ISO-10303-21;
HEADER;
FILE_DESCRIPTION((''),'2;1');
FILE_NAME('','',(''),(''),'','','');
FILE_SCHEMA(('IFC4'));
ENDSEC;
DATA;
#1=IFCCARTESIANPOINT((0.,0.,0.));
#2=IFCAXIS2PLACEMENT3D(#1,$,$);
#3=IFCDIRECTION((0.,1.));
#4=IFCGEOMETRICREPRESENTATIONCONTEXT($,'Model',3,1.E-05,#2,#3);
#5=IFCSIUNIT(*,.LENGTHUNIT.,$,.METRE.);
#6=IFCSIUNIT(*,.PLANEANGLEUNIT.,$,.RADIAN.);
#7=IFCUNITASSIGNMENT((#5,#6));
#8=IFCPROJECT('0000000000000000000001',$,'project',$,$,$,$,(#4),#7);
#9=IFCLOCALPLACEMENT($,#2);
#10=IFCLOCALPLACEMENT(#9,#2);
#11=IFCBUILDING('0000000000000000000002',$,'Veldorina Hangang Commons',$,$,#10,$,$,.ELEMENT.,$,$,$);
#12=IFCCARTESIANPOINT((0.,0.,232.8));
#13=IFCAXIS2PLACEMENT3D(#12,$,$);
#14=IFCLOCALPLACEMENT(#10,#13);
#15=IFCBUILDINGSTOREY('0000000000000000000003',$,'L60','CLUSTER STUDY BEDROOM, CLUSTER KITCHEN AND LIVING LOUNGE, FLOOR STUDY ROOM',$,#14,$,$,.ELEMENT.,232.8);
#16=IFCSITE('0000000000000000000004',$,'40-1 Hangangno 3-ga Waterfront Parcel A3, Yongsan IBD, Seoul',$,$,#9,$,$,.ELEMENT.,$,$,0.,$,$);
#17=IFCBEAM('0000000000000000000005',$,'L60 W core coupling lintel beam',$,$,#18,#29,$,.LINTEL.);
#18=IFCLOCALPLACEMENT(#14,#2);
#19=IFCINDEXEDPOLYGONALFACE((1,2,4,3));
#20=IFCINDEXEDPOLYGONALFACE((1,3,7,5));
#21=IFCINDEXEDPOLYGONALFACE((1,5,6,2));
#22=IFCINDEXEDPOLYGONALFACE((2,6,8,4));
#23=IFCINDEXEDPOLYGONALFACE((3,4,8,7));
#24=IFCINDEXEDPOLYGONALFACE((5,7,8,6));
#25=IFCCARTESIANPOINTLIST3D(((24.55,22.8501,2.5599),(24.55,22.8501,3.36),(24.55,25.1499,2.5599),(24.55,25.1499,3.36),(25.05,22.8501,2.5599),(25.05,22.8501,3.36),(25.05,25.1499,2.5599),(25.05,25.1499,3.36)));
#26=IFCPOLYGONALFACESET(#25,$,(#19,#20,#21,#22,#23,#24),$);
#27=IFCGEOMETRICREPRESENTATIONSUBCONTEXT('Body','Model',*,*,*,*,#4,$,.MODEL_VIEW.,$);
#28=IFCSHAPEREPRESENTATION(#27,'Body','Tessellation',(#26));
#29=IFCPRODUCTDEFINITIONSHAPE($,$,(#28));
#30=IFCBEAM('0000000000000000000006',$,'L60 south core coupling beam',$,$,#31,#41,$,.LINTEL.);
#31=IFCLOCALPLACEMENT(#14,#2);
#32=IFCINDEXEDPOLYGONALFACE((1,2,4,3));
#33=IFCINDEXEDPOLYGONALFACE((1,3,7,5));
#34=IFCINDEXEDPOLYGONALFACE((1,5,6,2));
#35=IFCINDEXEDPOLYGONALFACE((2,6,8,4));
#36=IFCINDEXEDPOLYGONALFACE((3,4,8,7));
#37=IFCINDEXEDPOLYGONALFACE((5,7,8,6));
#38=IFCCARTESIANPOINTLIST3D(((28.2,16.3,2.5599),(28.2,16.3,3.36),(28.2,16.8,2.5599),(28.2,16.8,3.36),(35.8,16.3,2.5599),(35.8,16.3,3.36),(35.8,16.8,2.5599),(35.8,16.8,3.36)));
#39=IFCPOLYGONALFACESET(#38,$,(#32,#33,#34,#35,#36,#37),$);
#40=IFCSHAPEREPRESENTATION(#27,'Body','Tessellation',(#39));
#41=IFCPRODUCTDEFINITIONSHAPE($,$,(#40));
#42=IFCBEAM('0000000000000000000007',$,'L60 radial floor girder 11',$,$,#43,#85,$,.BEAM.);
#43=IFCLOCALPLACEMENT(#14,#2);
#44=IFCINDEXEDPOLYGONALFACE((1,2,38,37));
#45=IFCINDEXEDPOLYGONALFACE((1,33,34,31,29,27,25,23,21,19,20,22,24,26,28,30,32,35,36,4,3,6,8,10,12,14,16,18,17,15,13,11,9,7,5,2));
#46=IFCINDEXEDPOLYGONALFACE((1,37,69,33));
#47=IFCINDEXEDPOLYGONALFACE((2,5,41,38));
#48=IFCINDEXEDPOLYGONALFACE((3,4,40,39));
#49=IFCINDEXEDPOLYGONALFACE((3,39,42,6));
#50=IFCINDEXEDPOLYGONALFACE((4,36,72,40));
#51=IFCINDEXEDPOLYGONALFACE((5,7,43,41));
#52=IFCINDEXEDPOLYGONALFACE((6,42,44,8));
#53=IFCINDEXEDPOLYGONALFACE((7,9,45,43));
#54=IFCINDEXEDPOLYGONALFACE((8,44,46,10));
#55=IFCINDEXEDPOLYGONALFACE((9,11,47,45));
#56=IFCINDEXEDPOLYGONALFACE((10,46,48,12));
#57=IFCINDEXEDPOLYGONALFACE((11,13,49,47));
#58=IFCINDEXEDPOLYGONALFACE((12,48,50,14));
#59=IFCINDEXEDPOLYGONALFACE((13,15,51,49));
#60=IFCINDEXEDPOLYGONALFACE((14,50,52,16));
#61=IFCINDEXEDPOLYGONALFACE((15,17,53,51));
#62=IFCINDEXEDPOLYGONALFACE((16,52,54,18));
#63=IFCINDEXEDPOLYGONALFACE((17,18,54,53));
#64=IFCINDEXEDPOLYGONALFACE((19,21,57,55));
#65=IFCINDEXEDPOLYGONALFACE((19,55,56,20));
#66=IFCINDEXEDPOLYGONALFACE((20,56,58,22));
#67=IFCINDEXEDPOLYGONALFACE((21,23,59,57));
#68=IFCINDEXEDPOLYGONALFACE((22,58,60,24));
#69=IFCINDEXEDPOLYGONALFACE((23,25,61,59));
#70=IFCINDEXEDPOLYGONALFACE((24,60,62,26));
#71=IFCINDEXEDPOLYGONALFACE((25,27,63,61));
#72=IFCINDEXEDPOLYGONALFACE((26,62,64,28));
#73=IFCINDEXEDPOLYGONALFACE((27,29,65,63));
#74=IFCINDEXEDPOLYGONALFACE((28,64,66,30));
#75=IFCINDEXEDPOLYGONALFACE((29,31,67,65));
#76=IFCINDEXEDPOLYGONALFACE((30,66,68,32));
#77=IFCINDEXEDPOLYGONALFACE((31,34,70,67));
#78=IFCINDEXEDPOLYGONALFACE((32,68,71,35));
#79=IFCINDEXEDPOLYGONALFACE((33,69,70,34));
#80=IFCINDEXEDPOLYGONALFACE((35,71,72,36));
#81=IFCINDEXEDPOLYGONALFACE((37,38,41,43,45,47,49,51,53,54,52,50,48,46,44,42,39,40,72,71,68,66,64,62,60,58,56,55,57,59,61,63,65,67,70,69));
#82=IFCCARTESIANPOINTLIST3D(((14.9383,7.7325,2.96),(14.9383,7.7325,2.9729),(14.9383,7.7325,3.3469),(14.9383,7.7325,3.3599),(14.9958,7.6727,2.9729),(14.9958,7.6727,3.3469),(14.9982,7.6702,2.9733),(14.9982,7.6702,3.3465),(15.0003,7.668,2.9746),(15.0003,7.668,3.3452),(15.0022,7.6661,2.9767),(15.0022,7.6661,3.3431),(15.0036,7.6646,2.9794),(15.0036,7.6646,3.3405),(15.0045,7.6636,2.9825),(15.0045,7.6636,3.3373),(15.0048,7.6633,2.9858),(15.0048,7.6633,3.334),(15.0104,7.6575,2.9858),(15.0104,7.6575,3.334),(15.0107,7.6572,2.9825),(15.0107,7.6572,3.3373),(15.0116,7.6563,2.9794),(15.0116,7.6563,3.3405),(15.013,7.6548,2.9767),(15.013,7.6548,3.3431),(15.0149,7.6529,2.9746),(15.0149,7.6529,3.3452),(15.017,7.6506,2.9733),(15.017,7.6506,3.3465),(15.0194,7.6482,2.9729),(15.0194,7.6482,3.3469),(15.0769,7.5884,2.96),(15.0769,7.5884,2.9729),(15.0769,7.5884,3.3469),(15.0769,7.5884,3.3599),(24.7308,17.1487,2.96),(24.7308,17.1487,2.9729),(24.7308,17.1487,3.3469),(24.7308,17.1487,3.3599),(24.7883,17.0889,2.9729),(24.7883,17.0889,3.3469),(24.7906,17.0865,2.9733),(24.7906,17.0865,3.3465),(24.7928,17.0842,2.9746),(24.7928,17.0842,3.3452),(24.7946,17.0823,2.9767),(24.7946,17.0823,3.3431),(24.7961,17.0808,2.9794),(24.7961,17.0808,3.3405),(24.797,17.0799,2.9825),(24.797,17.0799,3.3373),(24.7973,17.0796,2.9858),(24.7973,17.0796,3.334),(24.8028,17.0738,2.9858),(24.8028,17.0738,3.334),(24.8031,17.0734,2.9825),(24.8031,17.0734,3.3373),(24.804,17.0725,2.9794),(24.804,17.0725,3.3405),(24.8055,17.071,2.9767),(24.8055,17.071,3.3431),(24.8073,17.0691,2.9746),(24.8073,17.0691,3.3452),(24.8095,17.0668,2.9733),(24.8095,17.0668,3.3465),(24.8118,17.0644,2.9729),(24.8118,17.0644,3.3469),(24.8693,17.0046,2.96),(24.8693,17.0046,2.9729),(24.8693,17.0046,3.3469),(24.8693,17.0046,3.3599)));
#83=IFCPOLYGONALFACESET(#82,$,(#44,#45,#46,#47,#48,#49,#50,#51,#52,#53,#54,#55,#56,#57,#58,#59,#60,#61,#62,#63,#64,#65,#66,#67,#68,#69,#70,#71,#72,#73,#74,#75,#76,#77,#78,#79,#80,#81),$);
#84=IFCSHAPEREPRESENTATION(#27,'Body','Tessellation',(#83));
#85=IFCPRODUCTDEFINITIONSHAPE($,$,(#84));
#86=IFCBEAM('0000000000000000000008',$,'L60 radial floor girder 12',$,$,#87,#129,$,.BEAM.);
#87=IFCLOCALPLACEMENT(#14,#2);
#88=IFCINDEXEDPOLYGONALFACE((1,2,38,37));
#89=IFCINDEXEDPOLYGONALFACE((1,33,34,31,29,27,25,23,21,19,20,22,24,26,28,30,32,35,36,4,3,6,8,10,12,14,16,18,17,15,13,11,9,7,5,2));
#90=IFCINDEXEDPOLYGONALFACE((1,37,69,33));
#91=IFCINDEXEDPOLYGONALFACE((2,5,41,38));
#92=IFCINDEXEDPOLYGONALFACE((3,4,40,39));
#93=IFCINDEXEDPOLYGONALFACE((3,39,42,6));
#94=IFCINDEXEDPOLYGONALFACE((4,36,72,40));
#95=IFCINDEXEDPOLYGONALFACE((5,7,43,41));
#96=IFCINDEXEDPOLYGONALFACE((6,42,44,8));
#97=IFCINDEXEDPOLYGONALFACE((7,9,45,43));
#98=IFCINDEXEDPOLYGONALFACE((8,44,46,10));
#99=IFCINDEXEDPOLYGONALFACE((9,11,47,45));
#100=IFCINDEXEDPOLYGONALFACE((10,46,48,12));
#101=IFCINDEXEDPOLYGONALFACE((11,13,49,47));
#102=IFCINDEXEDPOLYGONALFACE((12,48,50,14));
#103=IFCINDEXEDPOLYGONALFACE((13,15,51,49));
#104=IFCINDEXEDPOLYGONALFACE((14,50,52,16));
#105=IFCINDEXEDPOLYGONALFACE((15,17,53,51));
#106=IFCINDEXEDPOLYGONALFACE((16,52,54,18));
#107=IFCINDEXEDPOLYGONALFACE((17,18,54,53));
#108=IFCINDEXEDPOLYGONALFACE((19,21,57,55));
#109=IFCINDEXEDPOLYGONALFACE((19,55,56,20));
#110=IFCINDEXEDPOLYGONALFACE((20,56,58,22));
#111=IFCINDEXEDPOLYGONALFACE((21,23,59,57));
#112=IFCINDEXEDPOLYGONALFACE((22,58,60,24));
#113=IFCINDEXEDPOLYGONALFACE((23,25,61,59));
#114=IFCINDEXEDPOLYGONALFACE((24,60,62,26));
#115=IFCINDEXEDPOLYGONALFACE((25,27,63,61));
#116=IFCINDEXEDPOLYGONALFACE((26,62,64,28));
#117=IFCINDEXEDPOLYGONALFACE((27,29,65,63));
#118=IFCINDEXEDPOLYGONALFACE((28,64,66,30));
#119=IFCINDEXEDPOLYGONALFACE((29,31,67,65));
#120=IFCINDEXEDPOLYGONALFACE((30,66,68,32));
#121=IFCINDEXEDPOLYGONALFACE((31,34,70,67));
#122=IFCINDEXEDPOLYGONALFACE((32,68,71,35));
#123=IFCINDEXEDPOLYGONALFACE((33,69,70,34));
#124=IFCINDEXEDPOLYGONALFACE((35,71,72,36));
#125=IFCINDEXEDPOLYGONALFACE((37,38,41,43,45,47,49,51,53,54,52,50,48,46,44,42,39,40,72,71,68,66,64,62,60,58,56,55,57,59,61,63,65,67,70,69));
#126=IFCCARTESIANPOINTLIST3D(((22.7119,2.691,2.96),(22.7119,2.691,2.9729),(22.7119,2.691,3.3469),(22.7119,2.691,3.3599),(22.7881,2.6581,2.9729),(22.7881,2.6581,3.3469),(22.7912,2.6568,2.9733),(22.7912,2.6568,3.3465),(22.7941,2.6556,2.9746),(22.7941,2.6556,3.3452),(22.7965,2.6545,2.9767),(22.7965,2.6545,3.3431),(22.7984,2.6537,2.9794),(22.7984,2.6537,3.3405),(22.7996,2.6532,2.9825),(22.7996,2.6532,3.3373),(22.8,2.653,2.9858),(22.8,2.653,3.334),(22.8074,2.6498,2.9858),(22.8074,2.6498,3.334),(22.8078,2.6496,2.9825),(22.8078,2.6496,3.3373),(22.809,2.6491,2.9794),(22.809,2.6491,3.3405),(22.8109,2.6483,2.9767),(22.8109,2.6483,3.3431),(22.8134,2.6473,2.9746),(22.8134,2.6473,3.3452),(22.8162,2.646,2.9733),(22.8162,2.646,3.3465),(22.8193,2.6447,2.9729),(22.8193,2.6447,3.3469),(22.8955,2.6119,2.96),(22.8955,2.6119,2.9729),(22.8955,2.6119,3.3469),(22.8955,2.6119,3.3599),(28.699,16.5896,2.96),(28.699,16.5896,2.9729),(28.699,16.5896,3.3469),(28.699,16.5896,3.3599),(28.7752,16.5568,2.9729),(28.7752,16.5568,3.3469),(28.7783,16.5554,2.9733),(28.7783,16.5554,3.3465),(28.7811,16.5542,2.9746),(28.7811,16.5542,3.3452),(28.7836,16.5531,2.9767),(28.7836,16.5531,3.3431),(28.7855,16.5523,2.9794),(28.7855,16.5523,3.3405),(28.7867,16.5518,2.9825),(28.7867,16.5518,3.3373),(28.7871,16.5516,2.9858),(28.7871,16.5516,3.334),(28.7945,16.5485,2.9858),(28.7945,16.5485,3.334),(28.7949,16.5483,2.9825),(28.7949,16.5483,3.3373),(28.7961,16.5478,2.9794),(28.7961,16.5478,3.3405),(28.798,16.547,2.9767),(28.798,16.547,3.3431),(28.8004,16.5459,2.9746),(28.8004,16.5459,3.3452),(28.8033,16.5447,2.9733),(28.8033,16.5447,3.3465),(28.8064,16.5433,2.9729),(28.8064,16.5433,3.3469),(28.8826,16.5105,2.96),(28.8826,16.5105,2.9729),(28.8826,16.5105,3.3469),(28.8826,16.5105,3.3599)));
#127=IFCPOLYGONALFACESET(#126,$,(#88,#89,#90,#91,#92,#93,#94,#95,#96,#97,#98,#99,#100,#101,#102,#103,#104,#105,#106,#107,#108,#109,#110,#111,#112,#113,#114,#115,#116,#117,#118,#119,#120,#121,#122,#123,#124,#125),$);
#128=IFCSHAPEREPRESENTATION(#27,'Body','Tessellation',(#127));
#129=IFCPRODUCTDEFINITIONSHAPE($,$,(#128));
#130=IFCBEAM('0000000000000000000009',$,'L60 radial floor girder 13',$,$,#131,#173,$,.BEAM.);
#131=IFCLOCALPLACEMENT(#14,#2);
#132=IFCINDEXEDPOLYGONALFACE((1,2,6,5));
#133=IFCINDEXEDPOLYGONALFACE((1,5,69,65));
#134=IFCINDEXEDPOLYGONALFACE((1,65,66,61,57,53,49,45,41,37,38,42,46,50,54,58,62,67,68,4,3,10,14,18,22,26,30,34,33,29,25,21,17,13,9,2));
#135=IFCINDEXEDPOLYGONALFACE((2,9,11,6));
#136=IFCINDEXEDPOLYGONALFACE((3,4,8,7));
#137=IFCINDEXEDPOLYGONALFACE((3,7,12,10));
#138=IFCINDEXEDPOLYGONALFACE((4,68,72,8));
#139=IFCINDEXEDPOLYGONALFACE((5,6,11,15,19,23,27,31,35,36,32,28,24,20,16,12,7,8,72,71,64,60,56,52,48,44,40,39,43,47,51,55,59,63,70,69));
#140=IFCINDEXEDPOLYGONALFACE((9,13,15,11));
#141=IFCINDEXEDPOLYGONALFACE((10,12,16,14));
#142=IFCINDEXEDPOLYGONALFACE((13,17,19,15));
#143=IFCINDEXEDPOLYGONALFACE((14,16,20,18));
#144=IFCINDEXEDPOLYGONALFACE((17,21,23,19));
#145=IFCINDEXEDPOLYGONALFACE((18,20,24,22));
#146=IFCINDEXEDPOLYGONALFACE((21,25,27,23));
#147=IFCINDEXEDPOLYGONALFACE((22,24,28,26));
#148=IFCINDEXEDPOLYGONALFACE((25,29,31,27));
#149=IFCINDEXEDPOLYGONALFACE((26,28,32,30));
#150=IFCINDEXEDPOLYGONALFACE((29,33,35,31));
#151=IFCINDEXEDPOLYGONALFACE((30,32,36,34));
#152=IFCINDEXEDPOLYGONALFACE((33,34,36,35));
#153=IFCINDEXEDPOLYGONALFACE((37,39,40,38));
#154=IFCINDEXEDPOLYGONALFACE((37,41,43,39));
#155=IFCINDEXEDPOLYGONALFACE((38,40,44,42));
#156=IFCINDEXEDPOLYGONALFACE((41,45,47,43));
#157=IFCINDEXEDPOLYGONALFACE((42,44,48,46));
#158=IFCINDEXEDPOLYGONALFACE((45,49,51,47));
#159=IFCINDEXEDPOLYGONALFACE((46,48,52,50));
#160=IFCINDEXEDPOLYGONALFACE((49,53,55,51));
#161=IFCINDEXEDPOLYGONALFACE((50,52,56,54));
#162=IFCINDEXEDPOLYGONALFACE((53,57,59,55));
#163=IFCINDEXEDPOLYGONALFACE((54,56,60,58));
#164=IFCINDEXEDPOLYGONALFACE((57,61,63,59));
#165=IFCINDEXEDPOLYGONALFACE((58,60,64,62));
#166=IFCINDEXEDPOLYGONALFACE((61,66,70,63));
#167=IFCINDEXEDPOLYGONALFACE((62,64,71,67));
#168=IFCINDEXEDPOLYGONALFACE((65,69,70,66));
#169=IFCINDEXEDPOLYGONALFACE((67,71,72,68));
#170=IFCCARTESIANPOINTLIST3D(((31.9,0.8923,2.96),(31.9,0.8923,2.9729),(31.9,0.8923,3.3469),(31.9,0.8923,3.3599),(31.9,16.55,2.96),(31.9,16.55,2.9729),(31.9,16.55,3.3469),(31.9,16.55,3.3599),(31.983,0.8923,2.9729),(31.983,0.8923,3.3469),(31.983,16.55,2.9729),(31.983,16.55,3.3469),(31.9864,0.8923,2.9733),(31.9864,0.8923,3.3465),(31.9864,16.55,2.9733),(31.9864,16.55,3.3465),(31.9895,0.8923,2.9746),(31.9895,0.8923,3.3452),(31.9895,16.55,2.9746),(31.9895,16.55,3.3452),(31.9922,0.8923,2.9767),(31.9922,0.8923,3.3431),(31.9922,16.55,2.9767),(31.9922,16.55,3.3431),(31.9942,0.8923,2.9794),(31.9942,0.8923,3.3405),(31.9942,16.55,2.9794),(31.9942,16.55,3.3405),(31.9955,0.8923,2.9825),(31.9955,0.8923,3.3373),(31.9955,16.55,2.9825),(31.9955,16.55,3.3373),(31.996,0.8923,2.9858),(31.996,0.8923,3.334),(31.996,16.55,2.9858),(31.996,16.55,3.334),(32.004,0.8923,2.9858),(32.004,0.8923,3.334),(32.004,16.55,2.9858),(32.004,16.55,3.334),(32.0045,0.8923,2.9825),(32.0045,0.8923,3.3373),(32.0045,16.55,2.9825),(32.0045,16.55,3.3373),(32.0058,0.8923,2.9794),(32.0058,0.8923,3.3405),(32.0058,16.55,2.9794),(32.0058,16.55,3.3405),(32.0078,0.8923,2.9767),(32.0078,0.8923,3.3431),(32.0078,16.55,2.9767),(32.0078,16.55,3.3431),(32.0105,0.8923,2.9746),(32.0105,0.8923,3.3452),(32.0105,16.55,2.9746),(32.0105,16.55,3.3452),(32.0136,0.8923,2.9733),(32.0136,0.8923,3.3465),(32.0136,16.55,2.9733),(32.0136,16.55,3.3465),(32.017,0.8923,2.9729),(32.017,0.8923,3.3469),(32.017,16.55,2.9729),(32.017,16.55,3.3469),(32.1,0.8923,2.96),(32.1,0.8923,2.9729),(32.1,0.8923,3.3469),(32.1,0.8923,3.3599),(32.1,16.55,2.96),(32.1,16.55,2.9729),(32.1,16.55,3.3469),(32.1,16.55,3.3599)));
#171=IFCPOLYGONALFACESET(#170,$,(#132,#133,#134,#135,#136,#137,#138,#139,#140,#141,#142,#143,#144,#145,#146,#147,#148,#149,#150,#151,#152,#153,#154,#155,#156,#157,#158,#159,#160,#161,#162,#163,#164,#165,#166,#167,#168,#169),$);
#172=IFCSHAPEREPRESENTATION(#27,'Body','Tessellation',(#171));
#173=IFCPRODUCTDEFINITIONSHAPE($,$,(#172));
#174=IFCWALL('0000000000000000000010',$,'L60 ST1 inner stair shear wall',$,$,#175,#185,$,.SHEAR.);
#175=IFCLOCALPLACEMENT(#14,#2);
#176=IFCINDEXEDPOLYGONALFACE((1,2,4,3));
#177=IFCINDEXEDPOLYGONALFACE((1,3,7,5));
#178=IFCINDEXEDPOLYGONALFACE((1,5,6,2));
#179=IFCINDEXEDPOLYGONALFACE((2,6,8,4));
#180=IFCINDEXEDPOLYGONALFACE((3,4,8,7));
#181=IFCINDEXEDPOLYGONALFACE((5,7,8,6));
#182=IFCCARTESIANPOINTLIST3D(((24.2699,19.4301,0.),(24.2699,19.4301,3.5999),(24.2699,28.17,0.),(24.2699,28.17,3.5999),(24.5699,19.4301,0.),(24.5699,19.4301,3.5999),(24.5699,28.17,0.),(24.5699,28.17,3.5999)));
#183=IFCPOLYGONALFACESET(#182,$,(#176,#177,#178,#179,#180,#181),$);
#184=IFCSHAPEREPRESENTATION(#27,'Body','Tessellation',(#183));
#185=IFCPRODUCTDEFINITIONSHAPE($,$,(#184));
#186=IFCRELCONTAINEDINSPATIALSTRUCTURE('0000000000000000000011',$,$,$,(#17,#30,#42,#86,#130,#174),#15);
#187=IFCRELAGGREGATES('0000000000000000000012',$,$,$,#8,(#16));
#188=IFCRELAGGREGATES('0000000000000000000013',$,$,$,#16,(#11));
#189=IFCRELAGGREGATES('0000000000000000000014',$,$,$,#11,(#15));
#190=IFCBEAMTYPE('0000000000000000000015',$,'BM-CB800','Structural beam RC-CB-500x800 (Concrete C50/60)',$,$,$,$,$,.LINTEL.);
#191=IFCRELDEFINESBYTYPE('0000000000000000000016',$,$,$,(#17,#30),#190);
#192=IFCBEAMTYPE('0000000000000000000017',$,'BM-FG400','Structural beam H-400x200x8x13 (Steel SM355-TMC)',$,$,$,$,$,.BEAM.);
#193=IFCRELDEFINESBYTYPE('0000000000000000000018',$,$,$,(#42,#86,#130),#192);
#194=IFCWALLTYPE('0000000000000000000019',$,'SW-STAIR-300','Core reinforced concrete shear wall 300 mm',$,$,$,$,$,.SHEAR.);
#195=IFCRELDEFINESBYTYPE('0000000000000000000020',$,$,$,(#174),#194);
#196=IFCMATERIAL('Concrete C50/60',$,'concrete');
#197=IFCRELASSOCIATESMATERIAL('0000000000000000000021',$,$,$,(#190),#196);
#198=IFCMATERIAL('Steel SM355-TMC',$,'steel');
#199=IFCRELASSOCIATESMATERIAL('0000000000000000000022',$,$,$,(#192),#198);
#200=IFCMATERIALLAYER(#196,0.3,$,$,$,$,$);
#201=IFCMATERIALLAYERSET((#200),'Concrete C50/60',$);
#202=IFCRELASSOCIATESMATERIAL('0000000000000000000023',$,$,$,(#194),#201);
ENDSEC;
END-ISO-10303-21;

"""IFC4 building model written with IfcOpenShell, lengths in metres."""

from ifc_helpers import new_model, si_unit, direction, frame, frame_2d, origin, origin_2d, place, context, subcontext, project, spatial, rectangle, i_section, extrude, material, layer, layer_set, material_profile, profile_set, type_object, element, save


model = new_model("IFC4")

# Units and contexts
model_context = context("Model", 3, precision=1e-05, world=origin(), true_north=direction((0.0, 1.0)))
body_context = subcontext(model_context, "Body", "Model", "MODEL_VIEW")
ifc_project = project(units=[si_unit("LENGTHUNIT", "METRE"), si_unit("PLANEANGLEUNIT", "RADIAN")], contexts=[model_context])

# Site, building, storey
site_placement = place(None, origin())
site = spatial("IfcSite", under=ifc_project, at=site_placement, Name="40-1 Hangangno 3-ga Waterfront Parcel A3, Yongsan IBD, Seoul", CompositionType="ELEMENT", RefElevation=0.0)
building_placement = place(site_placement, origin())
building = spatial("IfcBuilding", under=site, at=building_placement, Name="Veldorina Hangang Commons", CompositionType="ELEMENT")
storey_placement = place(building_placement, frame((0.0, 0.0, 232.8)))
storey = spatial("IfcBuildingStorey", under=building, at=storey_placement, Name="L60", Description="CLUSTER STUDY BEDROOM, CLUSTER KITCHEN AND LIVING LOUNGE, FLOOR STUDY ROOM", CompositionType="ELEMENT", Elevation=232.8)

# Beams
ifc_material_1 = material(Name="Concrete C50/60", Category="concrete")
ifc_material_profile_1 = material_profile(ifc_material_1, rectangle(XDim=0.5, YDim=0.8, at=origin_2d()), Name="RC-CB-500x800")
ifc_profile_set_1 = profile_set([ifc_material_profile_1], Name="Concrete C50/60")
beam_type_1 = type_object("IfcBeamType", Name="BM-CB800", Description="Structural beam RC-CB-500x800 (Concrete C50/60)", PredefinedType="LINTEL", material=ifc_profile_set_1)
beam_1_placement = place(storey_placement, frame((24.8, 22.8501, 2.96), z_axis=(0.0, 1.0, 0.0), x_axis=(-1.0, 0.0, 0.0)))
element("IfcBeam", 1, at=beam_1_placement, inside=storey, type_object=beam_type_1, Name="L60 W core coupling lintel beam", PredefinedType="LINTEL", context=body_context, shape_type="SweptSolid", body=[
    extrude(rectangle(XDim=0.5, YDim=0.8, at=origin_2d()), origin(), (0.0, 0.0, 1.0), 2.2998),
])
beam_2_placement = place(storey_placement, frame((28.2, 16.55, 2.96), z_axis=(1.0, 0.0, 0.0), x_axis=(0.0, 1.0, 0.0)))
element("IfcBeam", 2, at=beam_2_placement, inside=storey, type_object=beam_type_1, Name="L60 south core coupling beam", PredefinedType="LINTEL", context=body_context, shape_type="SweptSolid", body=[
    extrude(rectangle(XDim=0.5, YDim=0.8, at=origin_2d()), origin(), (0.0, 0.0, 1.0), 7.6001),
])
ifc_material_2 = material(Name="Steel SM355-TMC", Category="steel")
ifc_material_profile_2 = material_profile(ifc_material_2, i_section(OverallWidth=0.2, OverallDepth=0.3999, WebThickness=0.0081, FlangeThickness=0.0129, FilletRadius=0.0129, at=origin_2d()), Name="H-400x200x8x13")
ifc_profile_set_2 = profile_set([ifc_material_profile_2], Name="Steel SM355-TMC")
beam_type_2 = type_object("IfcBeamType", Name="BM-FG400", Description="Structural beam H-400x200x8x13 (Steel SM355-TMC)", PredefinedType="BEAM", material=ifc_profile_set_2)
beam_3_placement = place(storey_placement, frame((24.8, 17.0767, 3.1599), z_axis=(-0.720818, -0.693125, 0.0), x_axis=(0.693125, -0.720818, 0.0)))
element("IfcBeam", 3, at=beam_3_placement, inside=storey, type_object=beam_type_2, Name="L60 radial floor girder 11", PredefinedType="BEAM", context=body_context, shape_type="SweptSolid", body=[
    extrude(i_section(OverallWidth=0.2, OverallDepth=0.3999, WebThickness=0.0081, FlangeThickness=0.0129, FilletRadius=0.0129, at=origin_2d()), origin(), (0.0, 0.0, 1.0), 13.5852),
])
beam_4_placement = place(storey_placement, frame((28.7908, 16.55, 3.1599), z_axis=(-0.39562, -0.918414, 0.0), x_axis=(0.918414, -0.39562, 0.0)))
element("IfcBeam", 4, at=beam_4_placement, inside=storey, type_object=beam_type_2, Name="L60 radial floor girder 12", PredefinedType="BEAM", context=body_context, shape_type="SweptSolid", body=[
    extrude(i_section(OverallWidth=0.2, OverallDepth=0.3999, WebThickness=0.0081, FlangeThickness=0.0129, FilletRadius=0.0129, at=origin_2d()), origin(), (0.0, 0.0, 1.0), 15.1333),
])
beam_5_placement = place(storey_placement, frame((32.0, 16.55, 3.1599), z_axis=(0.0, -1.0, 0.0), x_axis=(1.0, 0.0, 0.0)))
element("IfcBeam", 5, at=beam_5_placement, inside=storey, type_object=beam_type_2, Name="L60 radial floor girder 13", PredefinedType="BEAM", context=body_context, shape_type="SweptSolid", body=[
    extrude(i_section(OverallWidth=0.2, OverallDepth=0.3999, WebThickness=0.0081, FlangeThickness=0.0129, FilletRadius=0.0129, at=origin_2d()), origin(), (0.0, 0.0, 1.0), 15.6577),
])

# Wall
ifc_layer_1 = layer(ifc_material_1, 0.3)
ifc_layer_set_1 = layer_set([ifc_layer_1], Name="Concrete C50/60")
wall_type_1 = type_object("IfcWallType", Name="SW-STAIR-300", Description="Core reinforced concrete shear wall 300 mm", PredefinedType="SHEAR", material=ifc_layer_set_1)
wall_1_placement = place(storey_placement, frame((24.4199, 19.4299, 0.0), z_axis=(0.0, 0.0, 1.0), x_axis=(0.0, 1.0, 0.0)))
element("IfcWall", 6, at=wall_1_placement, inside=storey, type_object=wall_type_1, Name="L60 ST1 inner stair shear wall", PredefinedType="SHEAR", context=body_context, shape_type="SweptSolid", body=[
    extrude(rectangle(XDim=8.74, YDim=0.3, at=frame_2d((4.3701, 0.0))), origin(), (0.0, 0.0, 1.0), 3.5999),
])

save(model, "model.ifc")
